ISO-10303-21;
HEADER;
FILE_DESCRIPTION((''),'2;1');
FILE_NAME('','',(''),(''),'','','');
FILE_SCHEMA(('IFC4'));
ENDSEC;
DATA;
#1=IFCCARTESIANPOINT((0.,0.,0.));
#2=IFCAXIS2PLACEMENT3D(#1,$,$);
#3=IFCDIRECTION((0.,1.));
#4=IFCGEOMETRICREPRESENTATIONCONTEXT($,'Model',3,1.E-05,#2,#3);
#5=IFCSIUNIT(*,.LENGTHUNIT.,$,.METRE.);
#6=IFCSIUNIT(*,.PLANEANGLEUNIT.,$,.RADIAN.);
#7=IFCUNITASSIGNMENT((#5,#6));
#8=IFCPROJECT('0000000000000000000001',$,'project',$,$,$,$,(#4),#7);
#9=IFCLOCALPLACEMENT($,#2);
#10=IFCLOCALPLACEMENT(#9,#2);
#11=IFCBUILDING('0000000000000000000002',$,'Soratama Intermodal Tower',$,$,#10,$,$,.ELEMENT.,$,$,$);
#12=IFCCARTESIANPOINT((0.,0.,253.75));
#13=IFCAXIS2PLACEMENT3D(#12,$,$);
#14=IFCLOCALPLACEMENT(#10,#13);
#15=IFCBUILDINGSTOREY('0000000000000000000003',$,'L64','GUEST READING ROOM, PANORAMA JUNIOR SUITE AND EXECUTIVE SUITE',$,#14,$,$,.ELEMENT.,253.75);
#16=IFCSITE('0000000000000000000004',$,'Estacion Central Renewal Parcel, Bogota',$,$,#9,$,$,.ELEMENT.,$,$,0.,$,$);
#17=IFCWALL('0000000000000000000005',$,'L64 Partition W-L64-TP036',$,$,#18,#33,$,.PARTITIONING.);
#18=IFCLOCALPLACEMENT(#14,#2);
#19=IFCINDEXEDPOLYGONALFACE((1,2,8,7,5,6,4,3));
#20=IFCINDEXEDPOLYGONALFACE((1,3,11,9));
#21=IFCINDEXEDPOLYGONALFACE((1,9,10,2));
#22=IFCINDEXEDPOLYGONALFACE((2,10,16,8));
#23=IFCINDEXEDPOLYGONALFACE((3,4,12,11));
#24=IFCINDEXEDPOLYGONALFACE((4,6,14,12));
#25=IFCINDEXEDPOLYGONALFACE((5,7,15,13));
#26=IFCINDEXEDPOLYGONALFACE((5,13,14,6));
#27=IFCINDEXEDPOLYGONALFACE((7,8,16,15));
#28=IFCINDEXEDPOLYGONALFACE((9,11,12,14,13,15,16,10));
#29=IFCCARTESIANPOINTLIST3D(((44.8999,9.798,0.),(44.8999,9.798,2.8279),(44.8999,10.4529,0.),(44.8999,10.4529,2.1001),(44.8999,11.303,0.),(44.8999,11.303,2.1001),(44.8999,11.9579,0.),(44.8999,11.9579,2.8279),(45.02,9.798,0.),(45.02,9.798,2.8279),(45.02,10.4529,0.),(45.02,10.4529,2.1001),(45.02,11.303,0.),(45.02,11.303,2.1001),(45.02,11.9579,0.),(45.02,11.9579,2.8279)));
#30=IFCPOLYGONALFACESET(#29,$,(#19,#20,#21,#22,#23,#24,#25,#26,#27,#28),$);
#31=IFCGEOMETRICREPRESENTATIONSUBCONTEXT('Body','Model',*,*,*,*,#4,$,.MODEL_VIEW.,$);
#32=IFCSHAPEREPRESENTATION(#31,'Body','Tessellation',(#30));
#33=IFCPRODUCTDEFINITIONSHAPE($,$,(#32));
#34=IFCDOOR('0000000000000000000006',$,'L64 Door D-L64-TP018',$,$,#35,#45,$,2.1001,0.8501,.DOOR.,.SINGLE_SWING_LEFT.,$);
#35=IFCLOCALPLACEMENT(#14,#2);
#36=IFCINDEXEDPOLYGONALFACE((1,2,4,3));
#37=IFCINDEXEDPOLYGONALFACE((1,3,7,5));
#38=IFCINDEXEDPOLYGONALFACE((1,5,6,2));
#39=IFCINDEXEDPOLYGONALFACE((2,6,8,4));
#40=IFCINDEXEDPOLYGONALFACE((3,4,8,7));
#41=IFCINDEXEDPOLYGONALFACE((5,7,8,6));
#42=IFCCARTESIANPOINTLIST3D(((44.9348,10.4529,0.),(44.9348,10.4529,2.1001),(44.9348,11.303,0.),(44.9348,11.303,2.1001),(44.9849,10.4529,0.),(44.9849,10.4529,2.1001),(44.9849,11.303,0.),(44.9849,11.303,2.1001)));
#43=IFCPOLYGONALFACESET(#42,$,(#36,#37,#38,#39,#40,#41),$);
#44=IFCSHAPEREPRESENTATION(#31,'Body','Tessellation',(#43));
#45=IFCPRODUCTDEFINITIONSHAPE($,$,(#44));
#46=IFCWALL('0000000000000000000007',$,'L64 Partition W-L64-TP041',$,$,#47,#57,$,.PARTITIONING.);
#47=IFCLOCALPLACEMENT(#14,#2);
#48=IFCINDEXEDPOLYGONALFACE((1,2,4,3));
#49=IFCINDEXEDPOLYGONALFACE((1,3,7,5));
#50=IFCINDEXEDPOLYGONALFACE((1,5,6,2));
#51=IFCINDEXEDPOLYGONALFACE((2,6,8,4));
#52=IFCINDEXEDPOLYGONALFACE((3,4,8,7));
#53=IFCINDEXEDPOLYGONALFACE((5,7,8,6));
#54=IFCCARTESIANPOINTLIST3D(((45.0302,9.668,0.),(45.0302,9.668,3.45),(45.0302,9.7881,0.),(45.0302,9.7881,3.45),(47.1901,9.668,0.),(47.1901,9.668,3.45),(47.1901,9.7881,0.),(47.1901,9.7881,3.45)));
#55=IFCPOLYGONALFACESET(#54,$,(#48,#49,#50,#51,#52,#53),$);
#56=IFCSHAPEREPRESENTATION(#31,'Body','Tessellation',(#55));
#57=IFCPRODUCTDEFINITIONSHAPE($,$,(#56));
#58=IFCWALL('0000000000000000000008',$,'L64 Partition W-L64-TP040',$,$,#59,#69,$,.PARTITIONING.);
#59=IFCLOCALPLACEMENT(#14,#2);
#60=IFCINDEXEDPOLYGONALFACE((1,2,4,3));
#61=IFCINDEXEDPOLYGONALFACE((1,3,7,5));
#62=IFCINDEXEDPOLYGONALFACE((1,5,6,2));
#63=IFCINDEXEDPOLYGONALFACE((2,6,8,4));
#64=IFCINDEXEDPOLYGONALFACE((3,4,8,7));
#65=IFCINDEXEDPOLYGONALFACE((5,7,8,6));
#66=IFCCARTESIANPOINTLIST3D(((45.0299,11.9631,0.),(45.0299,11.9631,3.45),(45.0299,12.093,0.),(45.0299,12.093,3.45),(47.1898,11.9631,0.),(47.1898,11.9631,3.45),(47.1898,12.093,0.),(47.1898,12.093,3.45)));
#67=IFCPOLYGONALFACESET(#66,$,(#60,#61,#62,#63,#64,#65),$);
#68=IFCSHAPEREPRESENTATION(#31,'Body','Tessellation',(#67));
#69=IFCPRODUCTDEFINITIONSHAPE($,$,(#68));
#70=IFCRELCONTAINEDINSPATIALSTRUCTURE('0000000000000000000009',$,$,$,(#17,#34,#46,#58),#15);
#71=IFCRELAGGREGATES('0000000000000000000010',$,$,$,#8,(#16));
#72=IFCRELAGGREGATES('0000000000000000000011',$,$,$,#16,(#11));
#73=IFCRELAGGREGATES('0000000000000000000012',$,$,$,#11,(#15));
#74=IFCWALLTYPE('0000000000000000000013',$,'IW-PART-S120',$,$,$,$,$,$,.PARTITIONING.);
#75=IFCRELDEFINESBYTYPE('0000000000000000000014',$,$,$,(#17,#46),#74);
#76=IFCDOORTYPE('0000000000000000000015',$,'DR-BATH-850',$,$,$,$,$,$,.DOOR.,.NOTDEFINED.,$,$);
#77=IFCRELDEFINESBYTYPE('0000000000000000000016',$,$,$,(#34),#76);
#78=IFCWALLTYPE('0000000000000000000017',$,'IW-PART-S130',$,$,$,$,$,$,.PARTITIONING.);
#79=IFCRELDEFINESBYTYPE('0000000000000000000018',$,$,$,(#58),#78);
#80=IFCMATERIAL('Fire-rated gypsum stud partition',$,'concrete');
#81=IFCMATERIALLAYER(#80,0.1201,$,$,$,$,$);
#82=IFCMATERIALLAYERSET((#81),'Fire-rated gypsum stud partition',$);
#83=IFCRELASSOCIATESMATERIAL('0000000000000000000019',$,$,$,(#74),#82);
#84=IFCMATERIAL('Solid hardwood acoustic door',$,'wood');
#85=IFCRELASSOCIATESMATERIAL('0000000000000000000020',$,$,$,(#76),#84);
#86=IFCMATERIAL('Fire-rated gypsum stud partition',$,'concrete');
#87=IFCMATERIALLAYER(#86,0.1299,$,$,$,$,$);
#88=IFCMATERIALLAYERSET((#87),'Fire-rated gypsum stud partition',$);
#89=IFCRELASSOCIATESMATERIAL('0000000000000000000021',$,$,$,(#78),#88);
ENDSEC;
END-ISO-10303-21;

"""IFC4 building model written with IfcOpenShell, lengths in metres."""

from ifc_helpers import new_model, si_unit, direction, frame, frame_2d, origin, place, context, subcontext, project, spatial, rectangle, extrude, material, layer, layer_set, type_object, element, fill, save


model = new_model("IFC4")

# Units and contexts
model_context = context("Model", 3, precision=1e-05, world=origin(), true_north=direction((0.0, 1.0)))
body_context = subcontext(model_context, "Body", "Model", "MODEL_VIEW")
ifc_project = project(units=[si_unit("LENGTHUNIT", "METRE"), si_unit("PLANEANGLEUNIT", "RADIAN")], contexts=[model_context])

# Site, building, storey
site_placement = place(None, origin())
site = spatial("IfcSite", under=ifc_project, at=site_placement, Name="Estacion Central Renewal Parcel, Bogota", CompositionType="ELEMENT", RefElevation=0.0)
building_placement = place(site_placement, origin())
building = spatial("IfcBuilding", under=site, at=building_placement, Name="Soratama Intermodal Tower", CompositionType="ELEMENT")
storey_placement = place(building_placement, frame((0.0, 0.0, 253.75)))
storey = spatial("IfcBuildingStorey", under=building, at=storey_placement, Name="L64", Description="GUEST READING ROOM, PANORAMA JUNIOR SUITE AND EXECUTIVE SUITE", CompositionType="ELEMENT", Elevation=253.75)

# Wall, opening, door
ifc_material_1 = material(Name="Fire-rated gypsum stud partition", Category="concrete")
ifc_layer_1 = layer(ifc_material_1, 0.1201)
ifc_layer_set_1 = layer_set([ifc_layer_1], Name="Fire-rated gypsum stud partition")
wall_type_1 = type_object("IfcWallType", Name="IW-PART-S120", PredefinedType="PARTITIONING", material=ifc_layer_set_1)
wall_1_placement = place(storey_placement, frame((44.96, 11.958, 0.0), z_axis=(0.0, 0.0, 1.0), x_axis=(0.0, -1.0, 0.0)))
wall_1 = element("IfcWall", 1, at=wall_1_placement, inside=storey, type_object=wall_type_1, Name="L64 Partition W-L64-TP036", PredefinedType="PARTITIONING", context=body_context, shape_type="SweptSolid", body=[
    extrude(rectangle(XDim=2.1599, YDim=0.1201, at=frame_2d((1.0801, 0.0))), origin(), (0.0, 0.0, 1.0), 2.8279),
])
opening_1_placement = place(wall_1_placement, frame((0.655, 0.0, 0.0)))
opening_1 = element("IfcOpeningElement", 2, at=opening_1_placement, cuts=wall_1, PredefinedType="OPENING", context=body_context, shape_type="SweptSolid", body=[
    extrude(rectangle(XDim=0.8501, YDim=2.1001, at=frame_2d((0.425, 1.05))), frame((0.0, 0.0701, 0.0), z_axis=(0.0, -1.0, 0.0), x_axis=(1.0, 0.0, 0.0)), (0.0, 0.0, 1.0), 0.1401),
])
ifc_material_2 = material(Name="Solid hardwood acoustic door", Category="wood")
door_type = type_object("IfcDoorType", Name="DR-BATH-850", OperationType="NOTDEFINED", PredefinedType="DOOR", material=ifc_material_2)
door_placement = place(opening_1_placement, origin())
door = element("IfcDoor", 3, at=door_placement, inside=storey, type_object=door_type, Name="L64 Door D-L64-TP018", OperationType="SINGLE_SWING_LEFT", OverallHeight=2.1001, OverallWidth=0.8501, PredefinedType="DOOR", context=body_context, shape_type="SweptSolid", body=[
    extrude(rectangle(XDim=0.8501, YDim=2.1001, at=frame_2d((0.425, 1.05))), frame((0.0, 0.0249, 0.0), z_axis=(0.0, -1.0, 0.0), x_axis=(1.0, 0.0, 0.0)), (0.0, 0.0, 1.0), 0.05),
])
fill(opening_1, door)

# Walls
wall_2_placement = place(storey_placement, frame((45.03, 9.728, 0.0), z_axis=(0.0, 0.0, 1.0), x_axis=(1.0, 0.0, 0.0)))
element("IfcWall", 4, at=wall_2_placement, inside=storey, type_object=wall_type_1, Name="L64 Partition W-L64-TP041", PredefinedType="PARTITIONING", context=body_context, shape_type="SweptSolid", body=[
    extrude(rectangle(XDim=2.1599, YDim=0.1201, at=frame_2d((1.0801, 0.0))), origin(), (0.0, 0.0, 1.0), 3.45),
])
ifc_material_3 = material(Name="Fire-rated gypsum stud partition", Category="concrete")
ifc_layer_2 = layer(ifc_material_3, 0.1299)
ifc_layer_set_2 = layer_set([ifc_layer_2], Name="Fire-rated gypsum stud partition")
wall_type_2 = type_object("IfcWallType", Name="IW-PART-S130", PredefinedType="PARTITIONING", material=ifc_layer_set_2)
wall_3_placement = place(storey_placement, frame((47.1899, 12.0281, 0.0), z_axis=(0.0, 0.0, 1.0), x_axis=(-1.0, 0.0, 0.0)))
element("IfcWall", 5, at=wall_3_placement, inside=storey, type_object=wall_type_2, Name="L64 Partition W-L64-TP040", PredefinedType="PARTITIONING", context=body_context, shape_type="SweptSolid", body=[
    extrude(rectangle(XDim=2.1599, YDim=0.1299, at=frame_2d((1.0801, 0.0))), origin(), (0.0, 0.0, 1.0), 3.45),
])

save(model, "model.ifc")
